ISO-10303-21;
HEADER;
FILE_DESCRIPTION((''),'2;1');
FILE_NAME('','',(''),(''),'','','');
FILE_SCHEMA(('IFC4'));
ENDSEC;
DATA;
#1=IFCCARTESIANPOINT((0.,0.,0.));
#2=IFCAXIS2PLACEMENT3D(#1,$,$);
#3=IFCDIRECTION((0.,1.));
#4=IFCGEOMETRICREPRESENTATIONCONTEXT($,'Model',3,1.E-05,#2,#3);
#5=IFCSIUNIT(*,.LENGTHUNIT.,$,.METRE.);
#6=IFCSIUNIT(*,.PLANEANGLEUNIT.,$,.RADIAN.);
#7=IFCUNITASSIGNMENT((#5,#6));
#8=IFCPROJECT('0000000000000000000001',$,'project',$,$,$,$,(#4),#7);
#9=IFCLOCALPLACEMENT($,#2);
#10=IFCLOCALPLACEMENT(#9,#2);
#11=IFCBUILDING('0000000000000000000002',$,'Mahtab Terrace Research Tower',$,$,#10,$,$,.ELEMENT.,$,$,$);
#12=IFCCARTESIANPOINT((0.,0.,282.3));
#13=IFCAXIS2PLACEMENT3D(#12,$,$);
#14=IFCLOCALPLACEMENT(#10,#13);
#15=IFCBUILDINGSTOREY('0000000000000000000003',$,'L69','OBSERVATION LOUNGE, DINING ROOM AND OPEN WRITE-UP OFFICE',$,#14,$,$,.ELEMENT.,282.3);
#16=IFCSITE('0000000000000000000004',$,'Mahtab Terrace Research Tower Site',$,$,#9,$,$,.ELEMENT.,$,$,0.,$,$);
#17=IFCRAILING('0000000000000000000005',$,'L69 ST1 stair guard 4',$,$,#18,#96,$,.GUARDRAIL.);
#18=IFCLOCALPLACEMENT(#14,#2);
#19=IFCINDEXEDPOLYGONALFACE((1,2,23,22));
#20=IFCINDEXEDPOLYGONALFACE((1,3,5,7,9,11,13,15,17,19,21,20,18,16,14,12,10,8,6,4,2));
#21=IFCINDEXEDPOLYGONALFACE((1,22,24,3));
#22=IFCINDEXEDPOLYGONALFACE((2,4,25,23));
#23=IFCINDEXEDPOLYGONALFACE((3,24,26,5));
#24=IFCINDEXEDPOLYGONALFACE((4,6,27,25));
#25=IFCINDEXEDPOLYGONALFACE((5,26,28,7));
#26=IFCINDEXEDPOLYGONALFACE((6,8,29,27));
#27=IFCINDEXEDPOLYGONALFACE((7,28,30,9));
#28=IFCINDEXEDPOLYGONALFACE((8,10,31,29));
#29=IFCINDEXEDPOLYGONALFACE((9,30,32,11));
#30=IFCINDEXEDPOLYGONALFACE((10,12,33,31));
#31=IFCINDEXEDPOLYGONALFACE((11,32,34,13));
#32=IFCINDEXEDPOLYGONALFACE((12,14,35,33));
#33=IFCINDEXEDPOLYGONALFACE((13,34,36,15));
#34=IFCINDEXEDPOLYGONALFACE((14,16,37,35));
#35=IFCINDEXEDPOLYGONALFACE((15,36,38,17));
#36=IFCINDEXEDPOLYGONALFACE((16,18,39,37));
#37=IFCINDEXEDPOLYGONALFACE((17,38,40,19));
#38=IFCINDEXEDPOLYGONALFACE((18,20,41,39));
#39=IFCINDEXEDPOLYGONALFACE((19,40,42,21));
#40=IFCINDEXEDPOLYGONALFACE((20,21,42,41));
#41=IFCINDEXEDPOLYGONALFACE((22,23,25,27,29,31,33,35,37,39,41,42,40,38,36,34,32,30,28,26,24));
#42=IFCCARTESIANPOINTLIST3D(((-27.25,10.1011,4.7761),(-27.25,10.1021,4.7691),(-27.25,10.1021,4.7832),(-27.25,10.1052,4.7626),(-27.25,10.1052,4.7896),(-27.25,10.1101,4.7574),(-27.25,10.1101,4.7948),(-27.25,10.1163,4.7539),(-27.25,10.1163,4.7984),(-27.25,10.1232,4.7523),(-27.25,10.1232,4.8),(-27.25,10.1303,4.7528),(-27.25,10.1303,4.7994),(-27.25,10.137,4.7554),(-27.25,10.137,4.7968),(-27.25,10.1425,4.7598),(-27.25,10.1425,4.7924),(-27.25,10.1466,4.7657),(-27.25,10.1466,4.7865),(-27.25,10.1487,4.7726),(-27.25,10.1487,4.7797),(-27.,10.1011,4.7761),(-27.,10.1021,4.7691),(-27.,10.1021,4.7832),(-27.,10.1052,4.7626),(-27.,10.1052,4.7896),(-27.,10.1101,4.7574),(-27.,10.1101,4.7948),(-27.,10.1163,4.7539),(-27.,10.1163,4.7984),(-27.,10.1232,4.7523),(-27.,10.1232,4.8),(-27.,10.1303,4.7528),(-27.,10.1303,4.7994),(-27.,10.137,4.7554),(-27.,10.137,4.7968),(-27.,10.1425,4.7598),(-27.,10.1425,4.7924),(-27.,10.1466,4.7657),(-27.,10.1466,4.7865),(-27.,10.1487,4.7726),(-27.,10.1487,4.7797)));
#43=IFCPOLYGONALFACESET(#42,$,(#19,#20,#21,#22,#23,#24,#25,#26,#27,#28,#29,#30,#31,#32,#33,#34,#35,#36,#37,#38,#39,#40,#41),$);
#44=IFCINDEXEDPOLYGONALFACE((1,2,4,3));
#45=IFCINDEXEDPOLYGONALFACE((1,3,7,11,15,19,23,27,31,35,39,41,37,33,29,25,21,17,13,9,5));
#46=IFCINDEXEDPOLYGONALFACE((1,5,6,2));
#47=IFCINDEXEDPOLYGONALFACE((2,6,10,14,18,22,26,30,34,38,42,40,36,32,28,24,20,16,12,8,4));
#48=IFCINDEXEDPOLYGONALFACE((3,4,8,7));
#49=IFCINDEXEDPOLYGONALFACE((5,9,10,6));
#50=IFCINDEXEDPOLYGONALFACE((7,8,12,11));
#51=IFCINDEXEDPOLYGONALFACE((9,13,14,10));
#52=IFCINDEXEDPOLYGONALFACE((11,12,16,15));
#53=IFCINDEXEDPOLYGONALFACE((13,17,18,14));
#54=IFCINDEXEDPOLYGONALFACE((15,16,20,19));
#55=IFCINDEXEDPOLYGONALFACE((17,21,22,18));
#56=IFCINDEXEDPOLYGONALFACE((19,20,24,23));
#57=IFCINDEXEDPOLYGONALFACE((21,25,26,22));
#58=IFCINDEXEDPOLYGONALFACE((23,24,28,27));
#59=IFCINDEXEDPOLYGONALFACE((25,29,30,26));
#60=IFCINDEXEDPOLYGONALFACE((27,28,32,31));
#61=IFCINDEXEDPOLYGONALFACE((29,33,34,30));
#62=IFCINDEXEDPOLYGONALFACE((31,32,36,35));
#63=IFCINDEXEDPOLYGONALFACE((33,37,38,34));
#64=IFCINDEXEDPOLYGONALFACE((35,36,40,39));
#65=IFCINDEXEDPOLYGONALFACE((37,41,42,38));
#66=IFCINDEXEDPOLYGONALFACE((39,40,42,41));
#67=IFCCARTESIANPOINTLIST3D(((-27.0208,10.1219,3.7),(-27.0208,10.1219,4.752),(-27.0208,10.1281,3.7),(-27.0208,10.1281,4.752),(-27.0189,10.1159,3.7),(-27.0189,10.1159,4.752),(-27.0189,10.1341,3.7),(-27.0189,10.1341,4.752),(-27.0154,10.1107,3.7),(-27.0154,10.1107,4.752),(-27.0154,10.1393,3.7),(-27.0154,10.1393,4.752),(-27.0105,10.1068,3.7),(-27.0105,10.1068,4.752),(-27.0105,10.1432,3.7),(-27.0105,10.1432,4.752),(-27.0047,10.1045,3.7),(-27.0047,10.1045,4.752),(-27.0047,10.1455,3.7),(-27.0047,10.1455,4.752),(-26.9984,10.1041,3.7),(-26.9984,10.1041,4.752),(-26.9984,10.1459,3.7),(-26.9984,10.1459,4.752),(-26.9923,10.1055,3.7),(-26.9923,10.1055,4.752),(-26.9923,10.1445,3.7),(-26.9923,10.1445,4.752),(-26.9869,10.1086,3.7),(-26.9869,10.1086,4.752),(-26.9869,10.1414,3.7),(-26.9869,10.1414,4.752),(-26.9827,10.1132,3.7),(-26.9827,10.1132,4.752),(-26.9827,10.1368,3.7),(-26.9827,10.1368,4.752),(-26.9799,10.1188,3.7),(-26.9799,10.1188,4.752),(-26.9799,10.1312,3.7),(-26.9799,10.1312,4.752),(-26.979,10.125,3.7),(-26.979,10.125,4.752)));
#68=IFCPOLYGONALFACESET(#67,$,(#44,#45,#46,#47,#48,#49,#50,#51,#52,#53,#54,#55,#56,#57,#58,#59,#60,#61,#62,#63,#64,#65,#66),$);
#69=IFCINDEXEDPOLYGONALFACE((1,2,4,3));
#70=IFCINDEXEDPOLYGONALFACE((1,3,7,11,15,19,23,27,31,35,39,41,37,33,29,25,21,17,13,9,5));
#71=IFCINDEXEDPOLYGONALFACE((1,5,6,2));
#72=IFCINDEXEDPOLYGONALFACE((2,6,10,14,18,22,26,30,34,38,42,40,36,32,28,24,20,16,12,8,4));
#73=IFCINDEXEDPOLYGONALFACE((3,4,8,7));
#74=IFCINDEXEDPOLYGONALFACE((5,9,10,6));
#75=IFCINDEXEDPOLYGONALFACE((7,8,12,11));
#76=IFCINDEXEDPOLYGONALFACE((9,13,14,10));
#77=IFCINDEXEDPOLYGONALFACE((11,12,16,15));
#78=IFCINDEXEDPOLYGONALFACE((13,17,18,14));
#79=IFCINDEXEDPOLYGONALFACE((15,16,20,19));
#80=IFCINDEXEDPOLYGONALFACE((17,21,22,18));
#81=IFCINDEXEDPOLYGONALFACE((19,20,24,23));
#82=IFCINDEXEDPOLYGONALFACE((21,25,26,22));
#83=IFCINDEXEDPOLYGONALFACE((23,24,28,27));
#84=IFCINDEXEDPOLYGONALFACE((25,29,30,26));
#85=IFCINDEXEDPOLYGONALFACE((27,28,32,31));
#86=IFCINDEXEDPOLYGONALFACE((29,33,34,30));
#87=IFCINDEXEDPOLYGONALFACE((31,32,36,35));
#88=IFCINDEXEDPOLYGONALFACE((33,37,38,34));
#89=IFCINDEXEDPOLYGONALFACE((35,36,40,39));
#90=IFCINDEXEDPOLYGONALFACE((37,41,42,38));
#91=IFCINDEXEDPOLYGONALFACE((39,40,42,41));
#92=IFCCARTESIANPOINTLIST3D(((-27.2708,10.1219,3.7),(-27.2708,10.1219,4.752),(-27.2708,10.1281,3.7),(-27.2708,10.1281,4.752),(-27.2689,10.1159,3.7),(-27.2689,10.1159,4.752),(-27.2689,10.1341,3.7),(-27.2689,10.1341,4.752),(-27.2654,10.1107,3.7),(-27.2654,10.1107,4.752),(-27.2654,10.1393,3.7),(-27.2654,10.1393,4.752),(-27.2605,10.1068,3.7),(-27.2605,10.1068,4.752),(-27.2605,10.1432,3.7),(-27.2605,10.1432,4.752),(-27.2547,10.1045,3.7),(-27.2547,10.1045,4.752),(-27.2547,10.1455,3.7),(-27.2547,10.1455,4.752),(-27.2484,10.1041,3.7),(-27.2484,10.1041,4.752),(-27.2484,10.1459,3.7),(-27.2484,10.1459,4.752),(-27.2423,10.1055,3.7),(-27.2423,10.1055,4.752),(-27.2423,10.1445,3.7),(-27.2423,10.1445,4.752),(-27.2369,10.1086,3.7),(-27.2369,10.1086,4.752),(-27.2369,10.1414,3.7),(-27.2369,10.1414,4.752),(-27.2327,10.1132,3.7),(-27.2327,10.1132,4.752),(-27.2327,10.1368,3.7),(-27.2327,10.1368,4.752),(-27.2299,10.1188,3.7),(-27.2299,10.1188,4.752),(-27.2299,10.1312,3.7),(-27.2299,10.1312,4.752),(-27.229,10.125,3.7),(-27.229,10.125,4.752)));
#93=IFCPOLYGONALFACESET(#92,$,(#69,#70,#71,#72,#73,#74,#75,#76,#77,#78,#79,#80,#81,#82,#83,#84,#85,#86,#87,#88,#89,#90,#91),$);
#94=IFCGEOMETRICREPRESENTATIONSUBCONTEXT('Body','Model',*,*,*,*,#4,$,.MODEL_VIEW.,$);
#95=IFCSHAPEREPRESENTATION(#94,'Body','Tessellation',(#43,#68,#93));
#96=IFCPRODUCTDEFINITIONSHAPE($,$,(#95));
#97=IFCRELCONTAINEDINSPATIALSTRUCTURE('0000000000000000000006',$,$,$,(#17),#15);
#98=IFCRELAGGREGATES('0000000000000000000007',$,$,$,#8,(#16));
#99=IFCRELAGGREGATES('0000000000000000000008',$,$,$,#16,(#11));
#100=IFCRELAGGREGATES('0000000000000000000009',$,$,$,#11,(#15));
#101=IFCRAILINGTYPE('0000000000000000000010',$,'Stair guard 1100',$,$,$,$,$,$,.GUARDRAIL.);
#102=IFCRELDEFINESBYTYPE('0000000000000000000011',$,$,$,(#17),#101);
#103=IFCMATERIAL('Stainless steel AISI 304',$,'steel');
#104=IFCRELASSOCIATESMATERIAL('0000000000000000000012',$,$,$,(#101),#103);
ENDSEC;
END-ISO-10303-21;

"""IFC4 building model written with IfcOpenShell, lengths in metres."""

from ifc_helpers import new_model, si_unit, direction, frame, origin, origin_2d, place, context, subcontext, project, spatial, circle, extrude, material, type_object, element, save


model = new_model("IFC4")

# Units and contexts
model_context = context("Model", 3, precision=1e-05, world=origin(), true_north=direction((0.0, 1.0)))
body_context = subcontext(model_context, "Body", "Model", "MODEL_VIEW")
ifc_project = project(units=[si_unit("LENGTHUNIT", "METRE"), si_unit("PLANEANGLEUNIT", "RADIAN")], contexts=[model_context])

# Site, building, storey
site_placement = place(None, origin())
site = spatial("IfcSite", under=ifc_project, at=site_placement, Name="Mahtab Terrace Research Tower Site", CompositionType="ELEMENT", RefElevation=0.0)
building_placement = place(site_placement, origin())
building = spatial("IfcBuilding", under=site, at=building_placement, Name="Mahtab Terrace Research Tower", CompositionType="ELEMENT")
storey_placement = place(building_placement, frame((0.0, 0.0, 282.3)))
storey = spatial("IfcBuildingStorey", under=building, at=storey_placement, Name="L69", Description="OBSERVATION LOUNGE, DINING ROOM AND OPEN WRITE-UP OFFICE", CompositionType="ELEMENT", Elevation=282.3)

# Railing
ifc_material_1 = material(Name="Stainless steel AISI 304", Category="steel")
railing_type_1 = type_object("IfcRailingType", Name="Stair guard 1100", PredefinedType="GUARDRAIL", material=ifc_material_1)
railing_1_placement = place(storey_placement, frame((-27.0, 10.125, 3.7)))
element("IfcRailing", 1, at=railing_1_placement, inside=storey, type_object=railing_type_1, Name="L69 ST1 stair guard 4", PredefinedType="GUARDRAIL", context=body_context, shape_type="SweptSolid", body=[
    extrude(circle(Radius=0.0239, at=origin_2d()), frame((0.0, 0.0, 1.0762), z_axis=(-1.0, 0.0, 0.0), x_axis=(0.0, -1.0, 0.0)), (0.0, 0.0, 1.0), 0.25),
    extrude(circle(Radius=0.021, at=origin_2d()), origin(), (0.0, 0.0, 1.0), 1.052),
    extrude(circle(Radius=0.021, at=origin_2d()), frame((-0.25, 0.0, 0.0)), (0.0, 0.0, 1.0), 1.052),
])

save(model, "model.ifc")
